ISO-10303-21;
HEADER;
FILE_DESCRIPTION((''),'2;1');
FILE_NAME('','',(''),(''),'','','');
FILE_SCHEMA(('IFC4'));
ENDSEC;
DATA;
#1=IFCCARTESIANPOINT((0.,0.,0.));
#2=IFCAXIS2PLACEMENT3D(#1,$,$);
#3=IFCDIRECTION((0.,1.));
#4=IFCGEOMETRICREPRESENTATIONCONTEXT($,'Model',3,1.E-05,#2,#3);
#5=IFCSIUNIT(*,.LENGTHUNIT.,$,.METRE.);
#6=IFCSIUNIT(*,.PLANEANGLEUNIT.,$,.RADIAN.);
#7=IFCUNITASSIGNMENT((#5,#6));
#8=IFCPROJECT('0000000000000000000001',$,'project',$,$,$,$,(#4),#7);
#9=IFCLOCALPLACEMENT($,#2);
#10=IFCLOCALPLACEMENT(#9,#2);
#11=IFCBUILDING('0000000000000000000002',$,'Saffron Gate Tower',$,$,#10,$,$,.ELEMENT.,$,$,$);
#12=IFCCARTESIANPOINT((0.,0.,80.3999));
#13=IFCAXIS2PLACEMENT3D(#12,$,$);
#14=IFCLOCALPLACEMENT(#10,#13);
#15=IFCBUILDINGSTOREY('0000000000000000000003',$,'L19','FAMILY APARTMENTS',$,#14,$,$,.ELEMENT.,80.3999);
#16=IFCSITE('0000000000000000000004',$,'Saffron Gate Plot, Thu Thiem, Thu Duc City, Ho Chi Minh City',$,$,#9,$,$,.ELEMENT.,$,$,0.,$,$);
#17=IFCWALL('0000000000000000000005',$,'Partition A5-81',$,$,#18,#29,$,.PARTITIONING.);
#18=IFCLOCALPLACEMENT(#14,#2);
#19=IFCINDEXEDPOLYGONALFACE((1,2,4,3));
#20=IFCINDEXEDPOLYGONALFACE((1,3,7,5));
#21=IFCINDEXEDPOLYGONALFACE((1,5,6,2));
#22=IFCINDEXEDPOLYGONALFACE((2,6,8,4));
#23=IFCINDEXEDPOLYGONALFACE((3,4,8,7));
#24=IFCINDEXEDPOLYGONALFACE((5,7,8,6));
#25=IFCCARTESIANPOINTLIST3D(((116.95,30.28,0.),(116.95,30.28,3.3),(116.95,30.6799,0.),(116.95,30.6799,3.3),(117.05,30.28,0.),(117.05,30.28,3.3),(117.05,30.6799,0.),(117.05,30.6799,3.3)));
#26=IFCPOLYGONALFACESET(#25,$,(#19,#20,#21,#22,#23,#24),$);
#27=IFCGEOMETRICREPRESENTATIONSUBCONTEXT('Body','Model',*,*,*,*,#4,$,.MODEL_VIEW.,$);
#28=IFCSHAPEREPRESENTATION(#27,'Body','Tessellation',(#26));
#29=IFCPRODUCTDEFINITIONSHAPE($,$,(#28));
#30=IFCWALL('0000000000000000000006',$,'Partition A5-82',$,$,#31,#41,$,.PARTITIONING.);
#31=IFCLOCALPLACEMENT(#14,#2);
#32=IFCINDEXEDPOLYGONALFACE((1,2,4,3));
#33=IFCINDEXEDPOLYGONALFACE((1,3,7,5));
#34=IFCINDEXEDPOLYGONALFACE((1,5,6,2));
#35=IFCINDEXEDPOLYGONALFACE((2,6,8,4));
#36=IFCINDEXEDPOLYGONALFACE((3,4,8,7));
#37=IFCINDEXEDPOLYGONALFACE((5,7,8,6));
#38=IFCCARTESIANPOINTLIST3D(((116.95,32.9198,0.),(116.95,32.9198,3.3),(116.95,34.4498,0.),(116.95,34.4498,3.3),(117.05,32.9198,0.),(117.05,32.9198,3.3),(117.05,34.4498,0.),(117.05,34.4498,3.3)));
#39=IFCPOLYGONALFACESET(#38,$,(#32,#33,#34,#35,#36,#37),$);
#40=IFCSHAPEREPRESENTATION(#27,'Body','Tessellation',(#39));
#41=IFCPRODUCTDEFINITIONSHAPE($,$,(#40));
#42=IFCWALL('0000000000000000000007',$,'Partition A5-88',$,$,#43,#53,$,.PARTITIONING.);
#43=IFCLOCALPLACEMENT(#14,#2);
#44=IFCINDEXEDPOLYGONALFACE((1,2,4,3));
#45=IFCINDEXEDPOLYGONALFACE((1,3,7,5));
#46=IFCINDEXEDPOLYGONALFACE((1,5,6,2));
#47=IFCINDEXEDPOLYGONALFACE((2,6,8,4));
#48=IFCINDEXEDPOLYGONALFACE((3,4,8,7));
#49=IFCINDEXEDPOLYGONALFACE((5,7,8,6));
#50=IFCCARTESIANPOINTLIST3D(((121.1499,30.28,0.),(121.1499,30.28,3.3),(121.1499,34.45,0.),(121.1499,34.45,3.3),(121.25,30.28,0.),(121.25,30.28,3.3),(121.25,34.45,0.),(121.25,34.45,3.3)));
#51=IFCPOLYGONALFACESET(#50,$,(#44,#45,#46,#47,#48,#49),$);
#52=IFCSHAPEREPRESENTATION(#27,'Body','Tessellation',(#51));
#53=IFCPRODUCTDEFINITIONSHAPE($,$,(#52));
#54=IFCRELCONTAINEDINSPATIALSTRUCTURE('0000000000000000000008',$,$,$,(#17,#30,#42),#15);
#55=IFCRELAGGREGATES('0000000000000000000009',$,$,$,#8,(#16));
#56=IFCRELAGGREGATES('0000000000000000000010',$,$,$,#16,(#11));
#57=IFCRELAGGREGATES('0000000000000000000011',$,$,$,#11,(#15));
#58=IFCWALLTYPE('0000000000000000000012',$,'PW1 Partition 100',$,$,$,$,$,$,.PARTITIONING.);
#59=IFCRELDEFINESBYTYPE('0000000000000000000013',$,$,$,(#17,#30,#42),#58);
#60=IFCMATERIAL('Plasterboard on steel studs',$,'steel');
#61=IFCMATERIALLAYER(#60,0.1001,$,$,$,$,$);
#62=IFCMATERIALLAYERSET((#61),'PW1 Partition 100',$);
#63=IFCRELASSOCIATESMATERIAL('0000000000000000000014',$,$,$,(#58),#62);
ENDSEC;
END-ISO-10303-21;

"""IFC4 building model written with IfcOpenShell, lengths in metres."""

from ifc_helpers import new_model, si_unit, direction, frame, frame_2d, origin, place, context, subcontext, project, spatial, rectangle, extrude, material, layer, layer_set, type_object, element, save


model = new_model("IFC4")

# Units and contexts
model_context = context("Model", 3, precision=1e-05, world=origin(), true_north=direction((0.0, 1.0)))
body_context = subcontext(model_context, "Body", "Model", "MODEL_VIEW")
ifc_project = project(units=[si_unit("LENGTHUNIT", "METRE"), si_unit("PLANEANGLEUNIT", "RADIAN")], contexts=[model_context])

# Site, building, storey
site_placement = place(None, origin())
site = spatial("IfcSite", under=ifc_project, at=site_placement, Name="Saffron Gate Plot, Thu Thiem, Thu Duc City, Ho Chi Minh City", CompositionType="ELEMENT", RefElevation=0.0)
building_placement = place(site_placement, origin())
building = spatial("IfcBuilding", under=site, at=building_placement, Name="Saffron Gate Tower", CompositionType="ELEMENT")
storey_placement = place(building_placement, frame((0.0, 0.0, 80.3999)))
storey = spatial("IfcBuildingStorey", under=building, at=storey_placement, Name="L19", Description="FAMILY APARTMENTS", CompositionType="ELEMENT", Elevation=80.3999)

# Shared definitions
ifc_material_1 = material(Name="Plasterboard on steel studs", Category="steel")
ifc_layer = layer(ifc_material_1, 0.1001)
ifc_layer_set = layer_set([ifc_layer], Name="PW1 Partition 100")
wall_type = type_object("IfcWallType", Name="PW1 Partition 100", PredefinedType="PARTITIONING", material=ifc_layer_set)

# Walls
wall_1_placement = place(storey_placement, frame((117.0, 30.6799, 0.0), z_axis=(0.0, 0.0, 1.0), x_axis=(0.0, -1.0, 0.0)))
element("IfcWall", 1, at=wall_1_placement, inside=storey, type_object=wall_type, Name="Partition A5-81", PredefinedType="PARTITIONING", context=body_context, shape_type="SweptSolid", body=[
    extrude(rectangle(XDim=0.3999, YDim=0.1001, at=frame_2d((0.2, 0.0))), origin(), (0.0, 0.0, 1.0), 3.3),
])
wall_2_placement = place(storey_placement, frame((117.0, 34.45, 0.0), z_axis=(0.0, 0.0, 1.0), x_axis=(0.0, -1.0, 0.0)))
element("IfcWall", 2, at=wall_2_placement, inside=storey, type_object=wall_type, Name="Partition A5-82", PredefinedType="PARTITIONING", context=body_context, shape_type="SweptSolid", body=[
    extrude(rectangle(XDim=1.53, YDim=0.1001, at=frame_2d((0.7651, 0.0))), origin(), (0.0, 0.0, 1.0), 3.3),
])
wall_3_placement = place(storey_placement, frame((121.2, 34.45, 0.0), z_axis=(0.0, 0.0, 1.0), x_axis=(0.0, -1.0, 0.0)))
element("IfcWall", 3, at=wall_3_placement, inside=storey, type_object=wall_type, Name="Partition A5-88", PredefinedType="PARTITIONING", context=body_context, shape_type="SweptSolid", body=[
    extrude(rectangle(XDim=4.1699, YDim=0.1001, at=frame_2d((2.085, 0.0))), origin(), (0.0, 0.0, 1.0), 3.3),
])

save(model, "model.ifc")
